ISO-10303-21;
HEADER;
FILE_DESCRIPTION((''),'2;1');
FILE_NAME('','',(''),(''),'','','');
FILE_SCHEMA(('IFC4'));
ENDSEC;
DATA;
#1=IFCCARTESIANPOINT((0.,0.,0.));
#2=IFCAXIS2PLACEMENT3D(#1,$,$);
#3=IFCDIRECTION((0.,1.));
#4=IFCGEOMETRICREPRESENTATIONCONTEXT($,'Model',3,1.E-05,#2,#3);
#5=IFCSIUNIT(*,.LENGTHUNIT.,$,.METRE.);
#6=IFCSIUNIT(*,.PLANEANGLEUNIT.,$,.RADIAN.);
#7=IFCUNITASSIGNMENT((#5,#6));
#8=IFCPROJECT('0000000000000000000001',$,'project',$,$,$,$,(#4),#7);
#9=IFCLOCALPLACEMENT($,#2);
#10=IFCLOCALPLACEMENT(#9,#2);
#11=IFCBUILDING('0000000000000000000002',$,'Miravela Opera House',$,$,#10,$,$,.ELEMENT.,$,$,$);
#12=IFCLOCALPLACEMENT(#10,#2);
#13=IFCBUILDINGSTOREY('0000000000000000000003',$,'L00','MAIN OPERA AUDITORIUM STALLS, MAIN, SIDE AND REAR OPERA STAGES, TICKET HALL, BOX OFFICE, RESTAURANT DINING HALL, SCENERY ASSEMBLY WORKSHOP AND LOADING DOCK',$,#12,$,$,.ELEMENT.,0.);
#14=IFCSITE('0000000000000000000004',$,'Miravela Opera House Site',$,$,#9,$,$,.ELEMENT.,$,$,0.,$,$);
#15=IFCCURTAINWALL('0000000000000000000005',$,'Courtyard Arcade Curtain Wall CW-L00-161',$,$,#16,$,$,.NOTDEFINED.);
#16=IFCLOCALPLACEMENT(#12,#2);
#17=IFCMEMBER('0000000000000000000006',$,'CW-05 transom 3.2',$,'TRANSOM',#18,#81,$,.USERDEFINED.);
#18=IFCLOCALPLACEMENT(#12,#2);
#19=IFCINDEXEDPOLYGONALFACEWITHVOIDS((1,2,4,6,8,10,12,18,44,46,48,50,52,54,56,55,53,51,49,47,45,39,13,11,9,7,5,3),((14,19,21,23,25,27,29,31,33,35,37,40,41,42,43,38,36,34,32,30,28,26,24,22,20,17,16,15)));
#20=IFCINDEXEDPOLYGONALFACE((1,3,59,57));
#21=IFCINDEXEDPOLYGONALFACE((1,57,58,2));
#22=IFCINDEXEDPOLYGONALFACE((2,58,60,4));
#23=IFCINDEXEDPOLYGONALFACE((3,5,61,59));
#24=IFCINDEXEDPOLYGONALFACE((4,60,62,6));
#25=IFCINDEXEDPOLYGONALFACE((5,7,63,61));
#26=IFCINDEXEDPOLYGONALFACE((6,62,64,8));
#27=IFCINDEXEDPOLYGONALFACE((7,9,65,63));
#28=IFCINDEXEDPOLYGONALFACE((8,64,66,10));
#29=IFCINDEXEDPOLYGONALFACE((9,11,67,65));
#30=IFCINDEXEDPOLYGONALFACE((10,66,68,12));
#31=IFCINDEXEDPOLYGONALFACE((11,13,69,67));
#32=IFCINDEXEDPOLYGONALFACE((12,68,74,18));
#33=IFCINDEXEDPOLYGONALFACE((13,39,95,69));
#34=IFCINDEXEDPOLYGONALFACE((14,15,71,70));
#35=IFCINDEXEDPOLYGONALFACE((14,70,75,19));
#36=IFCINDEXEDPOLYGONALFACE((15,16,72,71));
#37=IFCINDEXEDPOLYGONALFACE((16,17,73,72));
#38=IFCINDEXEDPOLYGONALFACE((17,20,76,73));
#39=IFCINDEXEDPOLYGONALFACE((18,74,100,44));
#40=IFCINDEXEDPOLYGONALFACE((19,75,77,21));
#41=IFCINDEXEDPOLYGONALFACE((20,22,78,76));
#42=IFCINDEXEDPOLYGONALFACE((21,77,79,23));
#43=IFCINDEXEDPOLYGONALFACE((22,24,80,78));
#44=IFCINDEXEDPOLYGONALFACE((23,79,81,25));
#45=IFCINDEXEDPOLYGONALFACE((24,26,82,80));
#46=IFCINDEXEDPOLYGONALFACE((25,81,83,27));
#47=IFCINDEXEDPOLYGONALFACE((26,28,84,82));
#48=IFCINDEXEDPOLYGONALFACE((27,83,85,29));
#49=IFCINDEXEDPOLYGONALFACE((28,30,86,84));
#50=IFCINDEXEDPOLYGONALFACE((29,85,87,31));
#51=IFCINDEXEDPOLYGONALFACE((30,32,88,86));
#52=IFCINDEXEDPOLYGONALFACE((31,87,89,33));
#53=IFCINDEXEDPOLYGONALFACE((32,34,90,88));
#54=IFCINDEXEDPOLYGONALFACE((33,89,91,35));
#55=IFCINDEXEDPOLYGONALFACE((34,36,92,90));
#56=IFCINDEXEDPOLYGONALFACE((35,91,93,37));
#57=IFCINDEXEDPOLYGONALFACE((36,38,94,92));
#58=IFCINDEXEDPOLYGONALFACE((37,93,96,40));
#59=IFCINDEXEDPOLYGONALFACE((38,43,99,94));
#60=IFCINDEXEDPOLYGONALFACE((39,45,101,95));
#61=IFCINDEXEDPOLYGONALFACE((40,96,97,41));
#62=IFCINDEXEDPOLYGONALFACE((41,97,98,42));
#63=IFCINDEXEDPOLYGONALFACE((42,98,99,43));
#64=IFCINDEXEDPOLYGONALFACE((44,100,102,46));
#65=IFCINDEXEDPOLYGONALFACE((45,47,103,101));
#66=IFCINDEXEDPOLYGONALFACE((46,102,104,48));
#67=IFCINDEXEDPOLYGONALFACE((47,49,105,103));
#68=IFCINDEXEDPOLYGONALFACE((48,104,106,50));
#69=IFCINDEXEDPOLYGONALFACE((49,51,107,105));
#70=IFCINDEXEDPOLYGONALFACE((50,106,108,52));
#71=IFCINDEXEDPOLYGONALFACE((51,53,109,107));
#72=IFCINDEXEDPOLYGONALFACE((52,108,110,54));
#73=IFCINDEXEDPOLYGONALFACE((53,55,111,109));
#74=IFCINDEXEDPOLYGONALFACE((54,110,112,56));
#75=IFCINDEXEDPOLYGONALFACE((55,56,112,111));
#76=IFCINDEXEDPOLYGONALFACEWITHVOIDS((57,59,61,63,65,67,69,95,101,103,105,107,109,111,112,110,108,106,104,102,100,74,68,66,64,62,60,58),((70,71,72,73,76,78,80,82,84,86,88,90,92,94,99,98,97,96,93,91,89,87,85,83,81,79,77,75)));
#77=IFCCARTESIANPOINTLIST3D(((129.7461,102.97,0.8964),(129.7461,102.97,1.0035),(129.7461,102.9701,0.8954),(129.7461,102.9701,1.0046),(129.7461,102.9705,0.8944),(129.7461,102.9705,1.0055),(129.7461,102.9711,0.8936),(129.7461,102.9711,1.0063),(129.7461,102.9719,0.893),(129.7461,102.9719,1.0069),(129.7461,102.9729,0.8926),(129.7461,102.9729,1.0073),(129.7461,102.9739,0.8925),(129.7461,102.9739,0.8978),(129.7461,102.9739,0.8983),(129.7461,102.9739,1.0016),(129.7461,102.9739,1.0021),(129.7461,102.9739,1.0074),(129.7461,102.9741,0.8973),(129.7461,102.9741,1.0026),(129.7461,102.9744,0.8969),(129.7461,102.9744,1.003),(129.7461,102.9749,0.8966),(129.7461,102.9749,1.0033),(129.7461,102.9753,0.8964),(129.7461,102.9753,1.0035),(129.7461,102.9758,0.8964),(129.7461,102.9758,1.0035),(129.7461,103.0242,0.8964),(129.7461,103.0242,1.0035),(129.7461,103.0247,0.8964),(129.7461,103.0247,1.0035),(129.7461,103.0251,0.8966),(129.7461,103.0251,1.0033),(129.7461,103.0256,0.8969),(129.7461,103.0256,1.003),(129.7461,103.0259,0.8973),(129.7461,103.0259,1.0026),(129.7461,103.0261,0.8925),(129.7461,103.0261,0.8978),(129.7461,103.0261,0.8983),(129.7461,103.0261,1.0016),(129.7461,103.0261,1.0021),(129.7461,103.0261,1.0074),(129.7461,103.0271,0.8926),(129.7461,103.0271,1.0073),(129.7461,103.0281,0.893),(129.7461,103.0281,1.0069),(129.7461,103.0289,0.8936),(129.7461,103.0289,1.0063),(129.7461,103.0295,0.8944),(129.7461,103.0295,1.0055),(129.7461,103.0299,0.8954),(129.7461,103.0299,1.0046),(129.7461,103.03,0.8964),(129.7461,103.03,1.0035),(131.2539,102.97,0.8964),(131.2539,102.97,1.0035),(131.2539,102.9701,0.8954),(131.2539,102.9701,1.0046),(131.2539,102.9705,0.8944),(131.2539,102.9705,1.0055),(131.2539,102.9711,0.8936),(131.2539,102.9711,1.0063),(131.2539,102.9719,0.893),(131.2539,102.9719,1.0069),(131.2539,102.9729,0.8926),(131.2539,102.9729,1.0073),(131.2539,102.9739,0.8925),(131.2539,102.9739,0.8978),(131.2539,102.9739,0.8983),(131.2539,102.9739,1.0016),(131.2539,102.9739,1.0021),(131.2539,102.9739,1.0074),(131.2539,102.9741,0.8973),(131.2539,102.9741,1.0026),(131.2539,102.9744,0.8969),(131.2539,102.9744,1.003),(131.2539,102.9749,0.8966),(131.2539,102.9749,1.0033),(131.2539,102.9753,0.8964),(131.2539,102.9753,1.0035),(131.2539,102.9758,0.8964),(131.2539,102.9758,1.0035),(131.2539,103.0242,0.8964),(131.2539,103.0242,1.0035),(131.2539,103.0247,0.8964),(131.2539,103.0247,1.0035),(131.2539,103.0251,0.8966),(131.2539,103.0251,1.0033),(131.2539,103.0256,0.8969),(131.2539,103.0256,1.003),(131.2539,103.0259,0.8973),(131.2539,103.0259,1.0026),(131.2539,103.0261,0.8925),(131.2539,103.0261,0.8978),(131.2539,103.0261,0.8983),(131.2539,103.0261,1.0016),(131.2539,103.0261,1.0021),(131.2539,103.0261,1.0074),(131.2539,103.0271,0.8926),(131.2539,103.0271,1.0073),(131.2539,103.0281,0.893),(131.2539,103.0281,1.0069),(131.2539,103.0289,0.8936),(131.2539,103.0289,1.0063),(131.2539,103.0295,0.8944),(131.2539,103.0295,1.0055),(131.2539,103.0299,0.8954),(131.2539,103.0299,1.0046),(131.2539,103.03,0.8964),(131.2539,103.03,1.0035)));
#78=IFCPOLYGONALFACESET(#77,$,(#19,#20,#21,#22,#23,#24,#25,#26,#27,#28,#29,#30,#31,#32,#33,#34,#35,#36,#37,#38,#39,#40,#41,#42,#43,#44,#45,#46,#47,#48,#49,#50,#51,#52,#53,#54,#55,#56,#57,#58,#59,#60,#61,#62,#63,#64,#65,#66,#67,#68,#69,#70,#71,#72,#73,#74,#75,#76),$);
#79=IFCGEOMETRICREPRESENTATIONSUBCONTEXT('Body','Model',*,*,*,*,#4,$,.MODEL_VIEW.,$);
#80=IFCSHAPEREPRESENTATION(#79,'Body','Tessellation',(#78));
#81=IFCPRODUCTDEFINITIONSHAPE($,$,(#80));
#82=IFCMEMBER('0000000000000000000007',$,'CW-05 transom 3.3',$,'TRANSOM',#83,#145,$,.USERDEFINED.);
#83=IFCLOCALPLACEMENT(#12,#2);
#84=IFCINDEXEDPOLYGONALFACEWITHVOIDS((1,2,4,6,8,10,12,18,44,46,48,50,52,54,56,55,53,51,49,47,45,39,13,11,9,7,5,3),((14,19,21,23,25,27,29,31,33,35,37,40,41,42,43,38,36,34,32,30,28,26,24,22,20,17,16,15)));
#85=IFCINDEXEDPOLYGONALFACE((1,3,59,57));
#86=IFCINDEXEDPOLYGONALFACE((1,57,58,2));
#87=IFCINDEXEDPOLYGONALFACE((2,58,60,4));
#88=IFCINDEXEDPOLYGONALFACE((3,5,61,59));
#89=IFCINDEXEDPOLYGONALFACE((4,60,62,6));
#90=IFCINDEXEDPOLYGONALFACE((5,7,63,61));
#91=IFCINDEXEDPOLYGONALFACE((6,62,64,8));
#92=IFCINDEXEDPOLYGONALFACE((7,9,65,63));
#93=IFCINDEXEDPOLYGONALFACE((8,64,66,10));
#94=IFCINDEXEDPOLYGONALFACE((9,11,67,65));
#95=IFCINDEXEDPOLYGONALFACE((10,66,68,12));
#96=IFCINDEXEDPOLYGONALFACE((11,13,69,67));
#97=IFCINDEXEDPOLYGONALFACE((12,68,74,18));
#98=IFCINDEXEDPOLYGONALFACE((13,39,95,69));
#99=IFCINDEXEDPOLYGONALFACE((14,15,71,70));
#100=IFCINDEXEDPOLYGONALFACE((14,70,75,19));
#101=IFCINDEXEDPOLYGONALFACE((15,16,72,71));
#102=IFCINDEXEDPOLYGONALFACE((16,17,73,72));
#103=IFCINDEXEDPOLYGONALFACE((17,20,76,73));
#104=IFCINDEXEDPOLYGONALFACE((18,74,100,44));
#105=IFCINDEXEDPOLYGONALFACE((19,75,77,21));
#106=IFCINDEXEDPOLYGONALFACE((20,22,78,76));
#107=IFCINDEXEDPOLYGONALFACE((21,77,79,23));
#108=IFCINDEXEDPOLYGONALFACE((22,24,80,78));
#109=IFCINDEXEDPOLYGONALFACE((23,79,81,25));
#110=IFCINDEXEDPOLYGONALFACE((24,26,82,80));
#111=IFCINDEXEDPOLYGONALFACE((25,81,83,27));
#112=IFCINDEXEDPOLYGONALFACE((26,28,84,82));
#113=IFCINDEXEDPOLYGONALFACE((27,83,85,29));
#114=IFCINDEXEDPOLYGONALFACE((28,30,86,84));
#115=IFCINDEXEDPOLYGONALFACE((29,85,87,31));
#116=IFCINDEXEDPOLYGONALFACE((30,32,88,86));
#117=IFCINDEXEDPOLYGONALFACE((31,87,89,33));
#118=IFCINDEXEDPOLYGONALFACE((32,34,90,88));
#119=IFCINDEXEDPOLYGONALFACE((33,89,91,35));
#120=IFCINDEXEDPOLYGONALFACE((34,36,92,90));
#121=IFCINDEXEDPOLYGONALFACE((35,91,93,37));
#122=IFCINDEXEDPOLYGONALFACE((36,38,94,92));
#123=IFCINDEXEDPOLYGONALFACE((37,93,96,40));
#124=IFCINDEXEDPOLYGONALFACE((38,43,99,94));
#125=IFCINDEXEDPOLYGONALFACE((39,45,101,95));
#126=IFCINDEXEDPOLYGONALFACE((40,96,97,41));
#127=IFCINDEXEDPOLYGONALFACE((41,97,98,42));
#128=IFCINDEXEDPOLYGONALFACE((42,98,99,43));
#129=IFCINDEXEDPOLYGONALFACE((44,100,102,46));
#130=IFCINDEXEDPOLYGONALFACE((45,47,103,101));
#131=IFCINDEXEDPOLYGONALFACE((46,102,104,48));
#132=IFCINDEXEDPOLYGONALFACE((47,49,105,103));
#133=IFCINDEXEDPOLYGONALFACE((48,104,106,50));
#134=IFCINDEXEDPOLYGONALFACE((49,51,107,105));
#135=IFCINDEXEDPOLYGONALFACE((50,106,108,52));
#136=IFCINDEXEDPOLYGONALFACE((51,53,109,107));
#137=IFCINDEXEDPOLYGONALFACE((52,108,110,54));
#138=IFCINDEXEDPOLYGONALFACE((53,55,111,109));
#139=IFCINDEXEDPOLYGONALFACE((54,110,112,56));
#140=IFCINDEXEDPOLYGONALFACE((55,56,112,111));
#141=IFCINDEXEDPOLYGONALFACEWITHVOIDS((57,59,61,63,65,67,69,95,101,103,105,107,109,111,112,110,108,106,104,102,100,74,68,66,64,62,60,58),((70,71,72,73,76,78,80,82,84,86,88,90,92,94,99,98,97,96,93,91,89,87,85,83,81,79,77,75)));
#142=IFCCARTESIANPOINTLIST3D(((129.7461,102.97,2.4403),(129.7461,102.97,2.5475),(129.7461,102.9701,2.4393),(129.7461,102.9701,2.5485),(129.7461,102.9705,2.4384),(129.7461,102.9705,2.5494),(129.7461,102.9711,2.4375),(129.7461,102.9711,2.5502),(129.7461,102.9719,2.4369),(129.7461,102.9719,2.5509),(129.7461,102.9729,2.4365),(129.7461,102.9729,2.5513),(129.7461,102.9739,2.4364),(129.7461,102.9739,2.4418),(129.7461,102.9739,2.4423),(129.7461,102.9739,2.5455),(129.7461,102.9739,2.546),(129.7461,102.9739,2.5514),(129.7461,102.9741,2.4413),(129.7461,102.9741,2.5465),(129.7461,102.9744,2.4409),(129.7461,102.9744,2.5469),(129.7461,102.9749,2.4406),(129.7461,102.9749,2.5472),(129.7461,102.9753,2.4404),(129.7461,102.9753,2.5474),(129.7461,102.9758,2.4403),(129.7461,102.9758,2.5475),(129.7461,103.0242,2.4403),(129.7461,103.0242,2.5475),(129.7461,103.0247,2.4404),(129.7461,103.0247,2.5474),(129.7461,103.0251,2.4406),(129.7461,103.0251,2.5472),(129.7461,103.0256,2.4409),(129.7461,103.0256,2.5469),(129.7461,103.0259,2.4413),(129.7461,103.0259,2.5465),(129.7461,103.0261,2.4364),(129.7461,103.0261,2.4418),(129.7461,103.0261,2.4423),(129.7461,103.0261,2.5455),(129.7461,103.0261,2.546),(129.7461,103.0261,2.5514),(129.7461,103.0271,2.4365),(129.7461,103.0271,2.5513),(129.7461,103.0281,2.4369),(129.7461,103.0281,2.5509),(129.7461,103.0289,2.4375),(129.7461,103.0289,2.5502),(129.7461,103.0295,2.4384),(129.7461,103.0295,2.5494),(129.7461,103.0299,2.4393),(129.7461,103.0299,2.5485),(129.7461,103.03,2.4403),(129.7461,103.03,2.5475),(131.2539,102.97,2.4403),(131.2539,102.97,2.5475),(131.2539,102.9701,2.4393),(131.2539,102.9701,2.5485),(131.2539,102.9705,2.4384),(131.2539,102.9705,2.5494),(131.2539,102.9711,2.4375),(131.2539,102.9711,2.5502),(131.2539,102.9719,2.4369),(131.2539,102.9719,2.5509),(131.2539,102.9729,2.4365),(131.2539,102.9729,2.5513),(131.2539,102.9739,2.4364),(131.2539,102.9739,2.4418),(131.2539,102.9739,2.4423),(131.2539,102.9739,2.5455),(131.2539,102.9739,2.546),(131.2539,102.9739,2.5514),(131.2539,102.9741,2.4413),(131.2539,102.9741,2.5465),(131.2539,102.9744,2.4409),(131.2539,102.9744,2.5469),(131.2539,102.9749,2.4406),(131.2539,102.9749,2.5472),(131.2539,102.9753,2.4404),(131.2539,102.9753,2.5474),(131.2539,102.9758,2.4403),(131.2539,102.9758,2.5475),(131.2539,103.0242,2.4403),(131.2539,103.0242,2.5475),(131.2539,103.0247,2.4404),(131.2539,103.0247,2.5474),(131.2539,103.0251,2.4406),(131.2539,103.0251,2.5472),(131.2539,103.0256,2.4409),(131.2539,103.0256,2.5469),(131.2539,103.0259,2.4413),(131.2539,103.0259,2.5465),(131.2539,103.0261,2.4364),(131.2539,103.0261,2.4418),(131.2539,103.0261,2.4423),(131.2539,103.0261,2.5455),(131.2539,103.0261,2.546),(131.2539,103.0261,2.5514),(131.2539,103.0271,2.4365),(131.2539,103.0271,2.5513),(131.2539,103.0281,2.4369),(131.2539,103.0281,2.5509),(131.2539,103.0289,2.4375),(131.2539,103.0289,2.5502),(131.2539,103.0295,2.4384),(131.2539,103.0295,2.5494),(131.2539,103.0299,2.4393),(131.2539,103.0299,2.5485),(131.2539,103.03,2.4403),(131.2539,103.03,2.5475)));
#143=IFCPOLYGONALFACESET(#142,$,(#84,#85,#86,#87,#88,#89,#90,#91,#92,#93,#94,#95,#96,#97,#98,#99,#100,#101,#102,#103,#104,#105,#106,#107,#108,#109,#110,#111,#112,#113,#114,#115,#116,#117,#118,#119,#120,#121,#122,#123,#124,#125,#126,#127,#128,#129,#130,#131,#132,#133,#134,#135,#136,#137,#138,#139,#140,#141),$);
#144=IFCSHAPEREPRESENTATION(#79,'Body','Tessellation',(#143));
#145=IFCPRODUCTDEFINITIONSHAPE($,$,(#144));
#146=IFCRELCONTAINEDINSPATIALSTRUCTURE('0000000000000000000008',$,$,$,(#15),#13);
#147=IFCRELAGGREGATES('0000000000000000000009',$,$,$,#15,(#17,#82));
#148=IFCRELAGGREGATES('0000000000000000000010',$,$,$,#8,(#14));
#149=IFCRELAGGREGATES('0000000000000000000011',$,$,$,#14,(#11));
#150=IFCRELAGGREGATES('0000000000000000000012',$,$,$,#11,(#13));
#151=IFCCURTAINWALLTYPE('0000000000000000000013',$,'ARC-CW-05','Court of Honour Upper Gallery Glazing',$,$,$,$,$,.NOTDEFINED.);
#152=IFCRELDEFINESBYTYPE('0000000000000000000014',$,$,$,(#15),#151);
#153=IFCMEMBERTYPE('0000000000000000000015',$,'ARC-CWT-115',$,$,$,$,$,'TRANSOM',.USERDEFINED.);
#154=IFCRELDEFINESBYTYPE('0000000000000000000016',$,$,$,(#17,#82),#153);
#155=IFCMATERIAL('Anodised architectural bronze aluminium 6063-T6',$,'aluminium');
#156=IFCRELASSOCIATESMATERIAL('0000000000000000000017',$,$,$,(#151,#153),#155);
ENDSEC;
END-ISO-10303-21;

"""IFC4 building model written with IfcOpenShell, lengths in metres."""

from ifc_helpers import new_model, si_unit, direction, frame, origin, origin_2d, place, context, subcontext, project, spatial, hollow_rectangle, extrude, material, material_profile, profile_set, type_object, element, aggregate, save


model = new_model("IFC4")

# Units and contexts
model_context = context("Model", 3, precision=1e-05, world=origin(), true_north=direction((0.0, 1.0)))
body_context = subcontext(model_context, "Body", "Model", "MODEL_VIEW")
ifc_project = project(units=[si_unit("LENGTHUNIT", "METRE"), si_unit("PLANEANGLEUNIT", "RADIAN")], contexts=[model_context])

# Site, building, storey
site_placement = place(None, origin())
site = spatial("IfcSite", under=ifc_project, at=site_placement, Name="Miravela Opera House Site", CompositionType="ELEMENT", RefElevation=0.0)
building_placement = place(site_placement, origin())
building = spatial("IfcBuilding", under=site, at=building_placement, Name="Miravela Opera House", CompositionType="ELEMENT")
storey_placement = place(building_placement, origin())
storey = spatial("IfcBuildingStorey", under=building, at=storey_placement, Name="L00", Description="MAIN OPERA AUDITORIUM STALLS, MAIN, SIDE AND REAR OPERA STAGES, TICKET HALL, BOX OFFICE, RESTAURANT DINING HALL, SCENERY ASSEMBLY WORKSHOP AND LOADING DOCK", CompositionType="ELEMENT", Elevation=0.0)

# Curtain wall, members
ifc_material_1 = material(Name="Anodised architectural bronze aluminium 6063-T6", Category="aluminium")
curtain_wall_type = type_object("IfcCurtainWallType", Name="ARC-CW-05", Description="Court of Honour Upper Gallery Glazing", PredefinedType="NOTDEFINED", material=ifc_material_1)
curtain_wall_placement = place(storey_placement, origin())
curtain_wall = element("IfcCurtainWall", 1, at=curtain_wall_placement, inside=storey, type_object=curtain_wall_type, Name="Courtyard Arcade Curtain Wall CW-L00-161", PredefinedType="NOTDEFINED")
ifc_material_profile_1 = material_profile(ifc_material_1, hollow_rectangle(XDim=0.0601, YDim=0.115, WallThickness=0.0039, InnerFilletRadius=0.002, OuterFilletRadius=0.0039, at=origin_2d()), Name="CWT-60X115")
ifc_profile_set_1 = profile_set([ifc_material_profile_1])
member_type_1 = type_object("IfcMemberType", Name="ARC-CWT-115", ElementType="TRANSOM", PredefinedType="USERDEFINED", material=ifc_profile_set_1)
member_1_placement = place(storey_placement, frame((129.7461, 103.0, 0.95), z_axis=(1.0, 0.0, 0.0), x_axis=(0.0, 1.0, 0.0)))
member_1 = element("IfcMember", 2, at=member_1_placement, type_object=member_type_1, Name="CW-05 transom 3.2", ObjectType="TRANSOM", PredefinedType="USERDEFINED", context=body_context, shape_type="SweptSolid", body=[
    extrude(hollow_rectangle(XDim=0.0601, YDim=0.115, WallThickness=0.0039, InnerFilletRadius=0.002, OuterFilletRadius=0.0039, at=origin_2d()), origin(), (0.0, 0.0, 1.0), 1.5078),
])
member_2_placement = place(storey_placement, frame((129.7461, 103.0, 2.4939), z_axis=(1.0, 0.0, 0.0), x_axis=(0.0, 1.0, 0.0)))
member_2 = element("IfcMember", 3, at=member_2_placement, type_object=member_type_1, Name="CW-05 transom 3.3", ObjectType="TRANSOM", PredefinedType="USERDEFINED", context=body_context, shape_type="SweptSolid", body=[
    extrude(hollow_rectangle(XDim=0.0601, YDim=0.115, WallThickness=0.0039, InnerFilletRadius=0.002, OuterFilletRadius=0.0039, at=origin_2d()), origin(), (0.0, 0.0, 1.0), 1.5078),
])

aggregate(curtain_wall, [member_1, member_2])

save(model, "model.ifc")
